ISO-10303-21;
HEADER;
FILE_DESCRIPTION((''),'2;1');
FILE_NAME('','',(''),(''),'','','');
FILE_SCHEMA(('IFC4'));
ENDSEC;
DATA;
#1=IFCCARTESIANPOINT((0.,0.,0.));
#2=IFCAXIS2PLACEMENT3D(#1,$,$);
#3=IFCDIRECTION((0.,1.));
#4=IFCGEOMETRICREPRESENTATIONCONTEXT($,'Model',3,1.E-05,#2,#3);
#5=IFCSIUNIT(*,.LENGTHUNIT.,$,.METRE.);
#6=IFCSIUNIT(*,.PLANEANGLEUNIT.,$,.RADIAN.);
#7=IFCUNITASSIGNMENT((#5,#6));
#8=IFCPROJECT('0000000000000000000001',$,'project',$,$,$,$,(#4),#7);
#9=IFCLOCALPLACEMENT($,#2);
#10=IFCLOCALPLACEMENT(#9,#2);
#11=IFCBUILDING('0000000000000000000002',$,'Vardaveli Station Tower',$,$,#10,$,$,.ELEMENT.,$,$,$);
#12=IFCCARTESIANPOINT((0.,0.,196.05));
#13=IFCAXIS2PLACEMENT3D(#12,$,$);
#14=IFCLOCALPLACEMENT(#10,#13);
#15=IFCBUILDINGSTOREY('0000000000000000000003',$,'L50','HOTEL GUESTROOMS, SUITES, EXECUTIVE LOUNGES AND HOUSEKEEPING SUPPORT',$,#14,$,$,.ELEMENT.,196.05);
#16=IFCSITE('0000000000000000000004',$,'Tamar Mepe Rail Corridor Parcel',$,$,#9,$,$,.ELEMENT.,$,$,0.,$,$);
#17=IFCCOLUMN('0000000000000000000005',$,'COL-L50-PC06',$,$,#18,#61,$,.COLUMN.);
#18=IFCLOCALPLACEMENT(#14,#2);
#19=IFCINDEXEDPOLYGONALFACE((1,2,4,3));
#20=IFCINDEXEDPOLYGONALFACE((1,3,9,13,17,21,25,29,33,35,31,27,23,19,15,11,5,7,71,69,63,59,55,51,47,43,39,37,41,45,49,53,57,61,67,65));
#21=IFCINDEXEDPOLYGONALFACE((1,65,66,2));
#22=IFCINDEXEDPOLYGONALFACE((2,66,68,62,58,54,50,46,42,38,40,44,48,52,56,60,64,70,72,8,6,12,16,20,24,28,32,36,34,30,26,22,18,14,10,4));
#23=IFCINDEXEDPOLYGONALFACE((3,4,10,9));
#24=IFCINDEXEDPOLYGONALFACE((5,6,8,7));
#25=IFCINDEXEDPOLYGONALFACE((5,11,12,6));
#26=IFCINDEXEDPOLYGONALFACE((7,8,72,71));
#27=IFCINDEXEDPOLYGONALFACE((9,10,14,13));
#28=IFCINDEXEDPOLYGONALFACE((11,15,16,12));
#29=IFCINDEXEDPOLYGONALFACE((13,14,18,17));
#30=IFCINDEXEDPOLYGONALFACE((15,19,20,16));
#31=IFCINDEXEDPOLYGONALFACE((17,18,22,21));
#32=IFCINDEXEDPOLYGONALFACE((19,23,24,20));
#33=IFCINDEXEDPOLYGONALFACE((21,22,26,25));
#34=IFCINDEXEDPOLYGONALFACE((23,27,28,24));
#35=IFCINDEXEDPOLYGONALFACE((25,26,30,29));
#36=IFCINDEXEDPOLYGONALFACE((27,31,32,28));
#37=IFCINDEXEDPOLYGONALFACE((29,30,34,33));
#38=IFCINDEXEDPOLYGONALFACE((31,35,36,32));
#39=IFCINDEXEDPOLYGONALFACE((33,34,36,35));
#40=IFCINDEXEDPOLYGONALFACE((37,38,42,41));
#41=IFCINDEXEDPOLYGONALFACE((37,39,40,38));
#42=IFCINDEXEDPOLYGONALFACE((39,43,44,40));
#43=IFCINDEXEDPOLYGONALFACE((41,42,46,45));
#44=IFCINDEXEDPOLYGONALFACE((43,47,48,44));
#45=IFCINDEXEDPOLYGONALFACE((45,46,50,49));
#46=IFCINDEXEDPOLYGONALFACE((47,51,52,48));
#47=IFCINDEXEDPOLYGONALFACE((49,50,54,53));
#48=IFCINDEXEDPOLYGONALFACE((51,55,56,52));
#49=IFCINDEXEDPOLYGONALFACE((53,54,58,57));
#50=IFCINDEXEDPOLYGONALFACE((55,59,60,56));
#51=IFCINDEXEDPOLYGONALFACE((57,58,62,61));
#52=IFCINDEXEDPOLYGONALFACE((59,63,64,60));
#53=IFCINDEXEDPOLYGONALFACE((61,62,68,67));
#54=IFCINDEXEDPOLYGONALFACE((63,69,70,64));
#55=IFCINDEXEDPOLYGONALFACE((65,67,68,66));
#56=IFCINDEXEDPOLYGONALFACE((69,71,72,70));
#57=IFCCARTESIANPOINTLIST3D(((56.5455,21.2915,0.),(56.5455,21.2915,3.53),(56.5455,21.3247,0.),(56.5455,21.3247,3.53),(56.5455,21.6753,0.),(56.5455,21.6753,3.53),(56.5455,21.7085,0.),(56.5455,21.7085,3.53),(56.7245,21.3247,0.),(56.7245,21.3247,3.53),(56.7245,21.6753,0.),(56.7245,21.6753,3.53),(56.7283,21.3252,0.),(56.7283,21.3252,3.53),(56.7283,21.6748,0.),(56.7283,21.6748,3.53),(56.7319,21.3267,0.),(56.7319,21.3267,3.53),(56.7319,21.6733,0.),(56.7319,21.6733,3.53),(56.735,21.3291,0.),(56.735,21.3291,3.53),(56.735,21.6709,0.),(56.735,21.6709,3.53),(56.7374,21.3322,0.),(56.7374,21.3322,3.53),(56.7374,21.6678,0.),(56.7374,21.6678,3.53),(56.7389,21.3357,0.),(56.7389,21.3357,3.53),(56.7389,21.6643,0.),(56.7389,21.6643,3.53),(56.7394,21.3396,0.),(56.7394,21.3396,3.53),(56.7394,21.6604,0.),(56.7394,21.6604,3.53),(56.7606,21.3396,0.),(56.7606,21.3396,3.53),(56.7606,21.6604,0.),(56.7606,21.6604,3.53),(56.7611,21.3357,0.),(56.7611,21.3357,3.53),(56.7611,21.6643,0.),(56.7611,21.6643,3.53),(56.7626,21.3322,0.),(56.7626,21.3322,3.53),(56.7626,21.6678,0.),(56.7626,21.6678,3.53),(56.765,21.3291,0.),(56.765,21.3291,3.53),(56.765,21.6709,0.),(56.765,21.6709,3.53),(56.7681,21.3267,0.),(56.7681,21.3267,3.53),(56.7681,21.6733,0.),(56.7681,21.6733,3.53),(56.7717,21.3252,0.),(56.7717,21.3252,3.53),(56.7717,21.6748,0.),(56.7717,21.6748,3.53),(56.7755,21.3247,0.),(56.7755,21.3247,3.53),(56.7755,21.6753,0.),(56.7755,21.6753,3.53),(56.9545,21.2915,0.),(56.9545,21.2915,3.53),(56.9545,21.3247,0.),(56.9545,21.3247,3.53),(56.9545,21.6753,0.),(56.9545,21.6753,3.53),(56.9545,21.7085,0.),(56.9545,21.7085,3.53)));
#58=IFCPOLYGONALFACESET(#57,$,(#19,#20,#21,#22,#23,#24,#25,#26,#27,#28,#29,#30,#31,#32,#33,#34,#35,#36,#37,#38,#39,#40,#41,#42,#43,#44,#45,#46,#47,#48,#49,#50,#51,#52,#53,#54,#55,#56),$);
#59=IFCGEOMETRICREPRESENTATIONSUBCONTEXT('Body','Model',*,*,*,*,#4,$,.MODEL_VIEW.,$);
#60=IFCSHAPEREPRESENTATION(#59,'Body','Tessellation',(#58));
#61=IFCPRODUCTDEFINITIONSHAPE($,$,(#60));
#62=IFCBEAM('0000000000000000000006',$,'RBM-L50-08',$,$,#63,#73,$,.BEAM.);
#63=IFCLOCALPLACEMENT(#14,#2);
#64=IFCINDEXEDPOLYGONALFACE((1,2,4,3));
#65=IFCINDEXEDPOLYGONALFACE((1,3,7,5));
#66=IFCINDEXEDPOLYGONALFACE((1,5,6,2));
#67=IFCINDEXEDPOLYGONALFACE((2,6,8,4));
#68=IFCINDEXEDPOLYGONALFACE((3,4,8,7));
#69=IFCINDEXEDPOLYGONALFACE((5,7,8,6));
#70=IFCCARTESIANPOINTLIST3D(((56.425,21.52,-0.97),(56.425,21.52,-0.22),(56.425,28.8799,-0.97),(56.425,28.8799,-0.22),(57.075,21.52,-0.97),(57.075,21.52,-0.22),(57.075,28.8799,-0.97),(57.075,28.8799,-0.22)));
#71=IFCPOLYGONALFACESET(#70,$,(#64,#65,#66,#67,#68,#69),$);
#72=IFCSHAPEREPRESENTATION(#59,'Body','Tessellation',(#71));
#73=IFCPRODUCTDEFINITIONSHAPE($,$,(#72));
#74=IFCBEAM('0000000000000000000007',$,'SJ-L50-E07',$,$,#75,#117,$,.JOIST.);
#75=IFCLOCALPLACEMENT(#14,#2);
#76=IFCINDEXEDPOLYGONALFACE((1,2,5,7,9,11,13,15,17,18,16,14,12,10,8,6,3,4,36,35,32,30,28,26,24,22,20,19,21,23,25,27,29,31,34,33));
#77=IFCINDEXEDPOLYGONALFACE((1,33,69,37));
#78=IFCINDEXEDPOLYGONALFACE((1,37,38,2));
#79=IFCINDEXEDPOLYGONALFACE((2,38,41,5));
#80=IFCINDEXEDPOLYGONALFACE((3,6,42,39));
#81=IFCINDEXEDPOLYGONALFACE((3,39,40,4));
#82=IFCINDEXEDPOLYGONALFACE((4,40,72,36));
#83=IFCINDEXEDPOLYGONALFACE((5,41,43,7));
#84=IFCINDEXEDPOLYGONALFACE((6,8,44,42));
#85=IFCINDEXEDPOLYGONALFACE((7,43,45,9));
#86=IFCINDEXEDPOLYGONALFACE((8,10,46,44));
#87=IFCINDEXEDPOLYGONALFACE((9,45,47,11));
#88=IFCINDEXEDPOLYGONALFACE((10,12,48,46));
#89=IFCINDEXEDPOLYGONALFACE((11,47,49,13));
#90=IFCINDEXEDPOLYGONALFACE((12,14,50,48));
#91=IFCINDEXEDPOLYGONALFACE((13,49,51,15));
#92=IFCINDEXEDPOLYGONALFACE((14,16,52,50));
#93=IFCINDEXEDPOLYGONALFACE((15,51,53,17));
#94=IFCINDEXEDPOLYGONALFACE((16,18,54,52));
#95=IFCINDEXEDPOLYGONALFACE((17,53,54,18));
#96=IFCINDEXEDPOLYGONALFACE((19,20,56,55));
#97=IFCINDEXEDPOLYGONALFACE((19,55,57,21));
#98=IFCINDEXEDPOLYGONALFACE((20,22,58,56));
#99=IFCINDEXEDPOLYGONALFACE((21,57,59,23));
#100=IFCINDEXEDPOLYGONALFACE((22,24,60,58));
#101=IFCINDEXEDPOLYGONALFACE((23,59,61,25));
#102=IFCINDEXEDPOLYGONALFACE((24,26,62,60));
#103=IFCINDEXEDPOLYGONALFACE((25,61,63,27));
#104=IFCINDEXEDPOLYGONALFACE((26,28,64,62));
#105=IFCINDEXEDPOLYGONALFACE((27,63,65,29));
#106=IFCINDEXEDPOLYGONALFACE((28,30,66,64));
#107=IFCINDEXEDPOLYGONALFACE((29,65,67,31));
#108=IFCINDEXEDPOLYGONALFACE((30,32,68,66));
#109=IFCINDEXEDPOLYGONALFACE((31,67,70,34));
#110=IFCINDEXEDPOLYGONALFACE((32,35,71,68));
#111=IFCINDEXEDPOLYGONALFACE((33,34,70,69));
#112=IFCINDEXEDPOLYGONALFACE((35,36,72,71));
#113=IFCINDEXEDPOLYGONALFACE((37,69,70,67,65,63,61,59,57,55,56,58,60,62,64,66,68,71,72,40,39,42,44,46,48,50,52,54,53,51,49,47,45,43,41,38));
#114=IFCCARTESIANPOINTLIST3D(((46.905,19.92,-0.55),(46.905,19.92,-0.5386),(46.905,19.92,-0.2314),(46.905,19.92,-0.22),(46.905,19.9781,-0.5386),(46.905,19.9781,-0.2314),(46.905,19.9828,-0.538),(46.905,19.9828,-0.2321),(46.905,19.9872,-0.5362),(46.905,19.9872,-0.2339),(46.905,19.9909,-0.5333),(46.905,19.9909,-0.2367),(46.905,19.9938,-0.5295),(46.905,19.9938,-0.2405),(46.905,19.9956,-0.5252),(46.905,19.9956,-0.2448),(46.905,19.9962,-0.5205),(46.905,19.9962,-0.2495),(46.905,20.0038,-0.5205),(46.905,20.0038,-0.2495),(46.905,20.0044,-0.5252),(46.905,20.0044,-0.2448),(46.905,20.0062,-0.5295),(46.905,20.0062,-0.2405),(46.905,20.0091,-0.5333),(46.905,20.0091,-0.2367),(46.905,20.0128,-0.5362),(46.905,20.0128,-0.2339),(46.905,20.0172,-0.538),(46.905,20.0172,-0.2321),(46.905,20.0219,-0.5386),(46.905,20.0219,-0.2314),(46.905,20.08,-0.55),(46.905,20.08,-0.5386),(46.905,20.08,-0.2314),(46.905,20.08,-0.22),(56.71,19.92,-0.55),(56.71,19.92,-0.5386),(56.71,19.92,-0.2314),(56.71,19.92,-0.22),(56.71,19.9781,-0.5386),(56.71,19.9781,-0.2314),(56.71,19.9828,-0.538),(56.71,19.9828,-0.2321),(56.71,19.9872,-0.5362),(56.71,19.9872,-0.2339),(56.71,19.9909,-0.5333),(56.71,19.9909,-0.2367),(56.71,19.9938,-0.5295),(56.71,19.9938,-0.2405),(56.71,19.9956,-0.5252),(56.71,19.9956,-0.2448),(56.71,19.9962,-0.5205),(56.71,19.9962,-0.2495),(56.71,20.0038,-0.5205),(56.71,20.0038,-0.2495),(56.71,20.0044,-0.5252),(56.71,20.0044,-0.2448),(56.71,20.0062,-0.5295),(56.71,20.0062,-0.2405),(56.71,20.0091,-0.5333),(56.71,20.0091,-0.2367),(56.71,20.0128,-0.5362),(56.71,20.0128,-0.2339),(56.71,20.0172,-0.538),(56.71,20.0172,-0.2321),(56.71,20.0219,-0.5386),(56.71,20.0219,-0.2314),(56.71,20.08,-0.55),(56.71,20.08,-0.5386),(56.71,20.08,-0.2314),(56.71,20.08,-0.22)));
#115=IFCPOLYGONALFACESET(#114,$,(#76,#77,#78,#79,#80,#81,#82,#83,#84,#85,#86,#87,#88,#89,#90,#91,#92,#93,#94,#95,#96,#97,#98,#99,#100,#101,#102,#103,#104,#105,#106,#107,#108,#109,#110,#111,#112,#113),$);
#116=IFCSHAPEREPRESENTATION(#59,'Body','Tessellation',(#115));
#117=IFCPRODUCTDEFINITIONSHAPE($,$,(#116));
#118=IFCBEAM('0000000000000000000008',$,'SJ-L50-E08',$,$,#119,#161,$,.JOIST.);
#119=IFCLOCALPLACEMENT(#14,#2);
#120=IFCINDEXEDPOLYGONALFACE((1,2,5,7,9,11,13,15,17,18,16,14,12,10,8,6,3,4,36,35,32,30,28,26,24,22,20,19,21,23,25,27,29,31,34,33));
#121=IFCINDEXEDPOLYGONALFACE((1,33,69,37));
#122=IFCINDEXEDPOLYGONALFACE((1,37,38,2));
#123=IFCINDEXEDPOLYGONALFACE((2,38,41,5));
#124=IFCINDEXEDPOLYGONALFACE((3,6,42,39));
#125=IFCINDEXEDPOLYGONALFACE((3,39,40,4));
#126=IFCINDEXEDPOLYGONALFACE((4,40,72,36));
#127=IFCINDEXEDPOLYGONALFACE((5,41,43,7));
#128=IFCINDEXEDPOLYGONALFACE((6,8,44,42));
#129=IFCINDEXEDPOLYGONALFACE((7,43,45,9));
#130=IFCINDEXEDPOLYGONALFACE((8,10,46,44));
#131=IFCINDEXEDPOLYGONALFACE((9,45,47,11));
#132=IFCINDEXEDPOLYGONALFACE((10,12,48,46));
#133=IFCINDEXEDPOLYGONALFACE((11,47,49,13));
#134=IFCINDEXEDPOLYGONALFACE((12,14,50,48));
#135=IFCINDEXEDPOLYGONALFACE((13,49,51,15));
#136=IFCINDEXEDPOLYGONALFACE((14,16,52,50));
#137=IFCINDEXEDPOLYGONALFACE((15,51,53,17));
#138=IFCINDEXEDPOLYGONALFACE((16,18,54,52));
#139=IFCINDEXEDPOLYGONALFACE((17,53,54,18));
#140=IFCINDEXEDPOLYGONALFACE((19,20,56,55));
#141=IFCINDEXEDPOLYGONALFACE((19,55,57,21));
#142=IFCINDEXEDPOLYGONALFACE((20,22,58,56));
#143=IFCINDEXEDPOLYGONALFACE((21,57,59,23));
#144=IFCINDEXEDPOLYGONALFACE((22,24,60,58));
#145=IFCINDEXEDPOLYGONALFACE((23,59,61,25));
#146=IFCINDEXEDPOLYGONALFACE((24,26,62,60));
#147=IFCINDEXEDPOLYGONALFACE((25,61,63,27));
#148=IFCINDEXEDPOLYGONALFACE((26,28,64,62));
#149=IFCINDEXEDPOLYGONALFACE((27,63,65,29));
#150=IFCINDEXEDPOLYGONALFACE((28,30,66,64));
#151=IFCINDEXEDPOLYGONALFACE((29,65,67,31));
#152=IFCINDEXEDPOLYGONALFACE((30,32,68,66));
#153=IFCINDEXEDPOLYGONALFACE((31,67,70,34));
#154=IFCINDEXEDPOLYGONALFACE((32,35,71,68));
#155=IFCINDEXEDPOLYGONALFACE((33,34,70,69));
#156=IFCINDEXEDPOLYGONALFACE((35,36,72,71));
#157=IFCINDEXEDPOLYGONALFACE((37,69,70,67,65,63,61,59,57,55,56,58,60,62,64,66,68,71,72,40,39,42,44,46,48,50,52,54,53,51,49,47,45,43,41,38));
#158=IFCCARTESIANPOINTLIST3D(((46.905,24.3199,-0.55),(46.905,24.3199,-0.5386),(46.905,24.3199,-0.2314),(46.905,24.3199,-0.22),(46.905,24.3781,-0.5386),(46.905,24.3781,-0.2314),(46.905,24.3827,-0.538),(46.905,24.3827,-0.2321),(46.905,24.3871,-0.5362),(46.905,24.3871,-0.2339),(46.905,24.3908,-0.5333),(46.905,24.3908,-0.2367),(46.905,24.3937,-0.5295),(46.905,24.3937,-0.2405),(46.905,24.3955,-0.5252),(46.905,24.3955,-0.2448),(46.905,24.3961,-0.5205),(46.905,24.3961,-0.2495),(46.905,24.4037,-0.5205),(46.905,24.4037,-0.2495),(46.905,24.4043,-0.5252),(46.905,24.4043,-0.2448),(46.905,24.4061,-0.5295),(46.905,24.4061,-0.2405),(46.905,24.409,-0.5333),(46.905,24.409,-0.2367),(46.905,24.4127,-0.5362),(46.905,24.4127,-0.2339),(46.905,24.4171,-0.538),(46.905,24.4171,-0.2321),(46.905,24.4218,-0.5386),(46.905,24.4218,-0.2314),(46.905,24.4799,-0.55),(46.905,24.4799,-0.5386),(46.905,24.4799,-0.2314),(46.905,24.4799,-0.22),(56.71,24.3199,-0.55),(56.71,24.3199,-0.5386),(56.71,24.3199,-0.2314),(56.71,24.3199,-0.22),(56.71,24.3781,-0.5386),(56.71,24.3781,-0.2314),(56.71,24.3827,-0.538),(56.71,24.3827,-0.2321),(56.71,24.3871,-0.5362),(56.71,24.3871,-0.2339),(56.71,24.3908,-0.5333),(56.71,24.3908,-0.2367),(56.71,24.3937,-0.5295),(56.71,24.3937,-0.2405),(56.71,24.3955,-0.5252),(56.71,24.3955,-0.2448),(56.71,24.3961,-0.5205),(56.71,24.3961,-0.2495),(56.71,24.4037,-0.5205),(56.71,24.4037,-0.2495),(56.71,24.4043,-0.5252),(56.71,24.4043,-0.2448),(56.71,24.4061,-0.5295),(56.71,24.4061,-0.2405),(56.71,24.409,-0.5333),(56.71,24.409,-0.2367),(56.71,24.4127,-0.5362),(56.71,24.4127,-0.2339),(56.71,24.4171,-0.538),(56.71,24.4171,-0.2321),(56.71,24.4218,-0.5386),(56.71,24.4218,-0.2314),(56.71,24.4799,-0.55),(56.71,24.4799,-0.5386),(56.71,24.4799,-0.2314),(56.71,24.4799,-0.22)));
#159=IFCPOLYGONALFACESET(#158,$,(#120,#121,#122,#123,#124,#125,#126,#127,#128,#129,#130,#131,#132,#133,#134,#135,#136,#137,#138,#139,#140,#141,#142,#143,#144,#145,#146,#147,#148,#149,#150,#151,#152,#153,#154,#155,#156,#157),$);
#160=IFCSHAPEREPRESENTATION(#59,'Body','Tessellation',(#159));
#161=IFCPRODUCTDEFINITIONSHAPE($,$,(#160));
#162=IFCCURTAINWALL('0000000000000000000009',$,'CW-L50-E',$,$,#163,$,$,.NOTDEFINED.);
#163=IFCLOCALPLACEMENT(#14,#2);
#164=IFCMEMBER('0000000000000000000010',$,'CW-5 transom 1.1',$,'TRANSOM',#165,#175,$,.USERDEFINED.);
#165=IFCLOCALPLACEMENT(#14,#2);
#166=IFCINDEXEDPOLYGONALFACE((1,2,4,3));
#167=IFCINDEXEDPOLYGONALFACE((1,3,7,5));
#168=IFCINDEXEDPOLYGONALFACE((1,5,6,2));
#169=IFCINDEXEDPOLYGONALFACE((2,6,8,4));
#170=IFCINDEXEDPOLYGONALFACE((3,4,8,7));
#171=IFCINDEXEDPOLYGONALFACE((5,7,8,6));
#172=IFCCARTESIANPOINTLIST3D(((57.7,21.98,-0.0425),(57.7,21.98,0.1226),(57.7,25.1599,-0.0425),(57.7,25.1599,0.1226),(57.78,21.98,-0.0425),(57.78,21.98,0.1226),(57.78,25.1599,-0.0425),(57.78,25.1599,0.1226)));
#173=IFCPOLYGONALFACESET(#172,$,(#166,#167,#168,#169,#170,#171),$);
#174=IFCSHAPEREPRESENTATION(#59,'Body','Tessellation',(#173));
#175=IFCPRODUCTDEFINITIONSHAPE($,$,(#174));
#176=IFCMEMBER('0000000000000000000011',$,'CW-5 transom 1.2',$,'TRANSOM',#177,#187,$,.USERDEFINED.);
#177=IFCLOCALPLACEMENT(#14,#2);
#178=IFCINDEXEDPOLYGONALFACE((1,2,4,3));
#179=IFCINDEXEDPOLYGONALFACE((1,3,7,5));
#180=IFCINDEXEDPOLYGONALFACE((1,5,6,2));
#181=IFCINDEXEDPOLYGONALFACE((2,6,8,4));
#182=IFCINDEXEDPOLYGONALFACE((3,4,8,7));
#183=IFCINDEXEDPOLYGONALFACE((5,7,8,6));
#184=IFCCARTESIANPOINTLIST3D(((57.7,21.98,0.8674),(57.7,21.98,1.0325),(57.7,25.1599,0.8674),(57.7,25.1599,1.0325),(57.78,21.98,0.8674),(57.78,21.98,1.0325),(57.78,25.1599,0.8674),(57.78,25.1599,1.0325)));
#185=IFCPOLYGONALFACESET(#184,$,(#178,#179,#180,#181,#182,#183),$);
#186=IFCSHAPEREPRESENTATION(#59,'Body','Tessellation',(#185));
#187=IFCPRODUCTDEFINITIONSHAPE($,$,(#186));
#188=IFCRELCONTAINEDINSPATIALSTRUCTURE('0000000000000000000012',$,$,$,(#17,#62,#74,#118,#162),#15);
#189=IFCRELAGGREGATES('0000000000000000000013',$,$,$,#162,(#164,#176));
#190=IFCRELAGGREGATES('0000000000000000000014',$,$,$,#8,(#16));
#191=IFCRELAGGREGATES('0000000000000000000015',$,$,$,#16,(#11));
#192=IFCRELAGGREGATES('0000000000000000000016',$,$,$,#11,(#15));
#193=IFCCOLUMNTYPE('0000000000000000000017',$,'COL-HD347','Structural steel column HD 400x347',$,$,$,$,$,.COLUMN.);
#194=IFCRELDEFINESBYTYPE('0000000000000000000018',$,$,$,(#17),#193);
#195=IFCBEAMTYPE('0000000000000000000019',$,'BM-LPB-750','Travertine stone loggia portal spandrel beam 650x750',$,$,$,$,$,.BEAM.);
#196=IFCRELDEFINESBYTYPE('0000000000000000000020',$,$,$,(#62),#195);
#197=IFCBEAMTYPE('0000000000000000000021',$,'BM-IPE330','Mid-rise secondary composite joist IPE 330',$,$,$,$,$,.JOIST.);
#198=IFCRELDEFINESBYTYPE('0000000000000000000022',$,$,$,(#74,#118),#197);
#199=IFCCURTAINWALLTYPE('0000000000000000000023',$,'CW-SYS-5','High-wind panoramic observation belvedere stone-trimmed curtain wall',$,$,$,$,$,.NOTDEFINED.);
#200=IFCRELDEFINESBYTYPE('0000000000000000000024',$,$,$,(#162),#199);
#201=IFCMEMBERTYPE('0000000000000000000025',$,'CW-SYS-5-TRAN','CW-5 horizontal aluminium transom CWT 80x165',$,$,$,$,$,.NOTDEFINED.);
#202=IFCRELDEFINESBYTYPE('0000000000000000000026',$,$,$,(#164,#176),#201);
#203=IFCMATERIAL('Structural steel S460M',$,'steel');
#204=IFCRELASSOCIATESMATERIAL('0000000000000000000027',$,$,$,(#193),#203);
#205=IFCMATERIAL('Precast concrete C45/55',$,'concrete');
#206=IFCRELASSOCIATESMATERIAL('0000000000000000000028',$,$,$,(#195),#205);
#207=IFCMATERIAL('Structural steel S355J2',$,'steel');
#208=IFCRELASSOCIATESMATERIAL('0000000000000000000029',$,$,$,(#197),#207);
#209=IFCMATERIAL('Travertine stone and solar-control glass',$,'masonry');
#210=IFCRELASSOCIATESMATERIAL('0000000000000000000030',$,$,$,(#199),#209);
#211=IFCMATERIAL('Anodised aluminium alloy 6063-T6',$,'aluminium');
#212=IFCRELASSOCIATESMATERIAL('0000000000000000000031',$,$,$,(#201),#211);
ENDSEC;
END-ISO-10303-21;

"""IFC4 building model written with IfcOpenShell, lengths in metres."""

from ifc_helpers import new_model, si_unit, direction, frame, origin, origin_2d, place, context, subcontext, project, spatial, rectangle, i_section, extrude, source, transform, mapped, material, material_profile, profile_set, type_object, element, aggregate, save


model = new_model("IFC4")

# Units and contexts
model_context = context("Model", 3, precision=1e-05, world=origin(), true_north=direction((0.0, 1.0)))
body_context = subcontext(model_context, "Body", "Model", "MODEL_VIEW")
ifc_project = project(units=[si_unit("LENGTHUNIT", "METRE"), si_unit("PLANEANGLEUNIT", "RADIAN")], contexts=[model_context])

# Site, building, storey
site_placement = place(None, origin())
site = spatial("IfcSite", under=ifc_project, at=site_placement, Name="Tamar Mepe Rail Corridor Parcel", CompositionType="ELEMENT", RefElevation=0.0)
building_placement = place(site_placement, origin())
building = spatial("IfcBuilding", under=site, at=building_placement, Name="Vardaveli Station Tower", CompositionType="ELEMENT")
storey_placement = place(building_placement, frame((0.0, 0.0, 196.05)))
storey = spatial("IfcBuildingStorey", under=building, at=storey_placement, Name="L50", Description="HOTEL GUESTROOMS, SUITES, EXECUTIVE LOUNGES AND HOUSEKEEPING SUPPORT", CompositionType="ELEMENT", Elevation=196.05)

# Column
ifc_material_1 = material(Name="Structural steel S460M", Category="steel")
ifc_material_profile_1 = material_profile(ifc_material_1, i_section(OverallWidth=0.4089, OverallDepth=0.417, WebThickness=0.0212, FlangeThickness=0.0332, FilletRadius=0.0149, at=origin_2d()), Name="HD 400x347")
ifc_profile_set_1 = profile_set([ifc_material_profile_1], Name="Structural steel S460M")
column_type = type_object("IfcColumnType", Name="COL-HD347", Description="Structural steel column HD 400x347", PredefinedType="COLUMN", material=ifc_profile_set_1)
shared_shape_1 = source(origin(), body_context, "Body", "SweptSolid", [
    extrude(i_section(OverallWidth=0.4089, OverallDepth=0.417, WebThickness=0.0212, FlangeThickness=0.0332, FilletRadius=0.0149, at=origin_2d()), origin(), (0.0, 0.0, 1.0), 3.53),
])
column_placement = place(storey_placement, frame((56.75, 21.5, 0.0), z_axis=(0.0, 0.0, 1.0), x_axis=(1.0, 0.0, 0.0)))
element("IfcColumn", 1, at=column_placement, inside=storey, type_object=column_type, Name="COL-L50-PC06", PredefinedType="COLUMN", context=body_context, shape_type="MappedRepresentation", body=[
    mapped(shared_shape_1, transform((0.0, 0.0, 0.0), scale=1.0)),
])

# Beams
ifc_material_2 = material(Name="Precast concrete C45/55", Category="concrete")
ifc_material_profile_2 = material_profile(ifc_material_2, rectangle(XDim=0.6499, YDim=0.75, at=origin_2d()), Name="LPB 650x750")
ifc_profile_set_2 = profile_set([ifc_material_profile_2], Name="Precast concrete C45/55")
beam_type_1 = type_object("IfcBeamType", Name="BM-LPB-750", Description="Travertine stone loggia portal spandrel beam 650x750", PredefinedType="BEAM", material=ifc_profile_set_2)
shared_shape_2 = source(origin(), body_context, "Body", "SweptSolid", [
    extrude(rectangle(XDim=0.6499, YDim=0.75, at=origin_2d()), origin(), (0.0, 0.0, 1.0), 7.3599),
])
beam_placement = place(storey_placement, frame((56.75, 21.52, -0.595), z_axis=(0.0, 1.0, 0.0), x_axis=(-1.0, 0.0, 0.0)))
element("IfcBeam", 2, at=beam_placement, inside=storey, type_object=beam_type_1, Name="RBM-L50-08", PredefinedType="BEAM", context=body_context, shape_type="MappedRepresentation", body=[
    mapped(shared_shape_2, transform((0.0, 0.0, 0.0), scale=1.0)),
])
ifc_material_3 = material(Name="Structural steel S355J2", Category="steel")
ifc_material_profile_3 = material_profile(ifc_material_3, i_section(OverallWidth=0.1599, OverallDepth=0.3301, WebThickness=0.0076, FlangeThickness=0.0115, FilletRadius=0.0181, at=origin_2d()), Name="IPE 330")
ifc_profile_set_3 = profile_set([ifc_material_profile_3], Name="Structural steel S355J2")
beam_type_2 = type_object("IfcBeamType", Name="BM-IPE330", Description="Mid-rise secondary composite joist IPE 330", PredefinedType="JOIST", material=ifc_profile_set_3)
shared_shape_3 = source(origin(), body_context, "Body", "SweptSolid", [
    extrude(i_section(OverallWidth=0.1599, OverallDepth=0.3301, WebThickness=0.0076, FlangeThickness=0.0115, FilletRadius=0.0181, at=origin_2d()), origin(), (0.0, 0.0, 1.0), 9.8049),
])
for number, where, z_axis, x_axis, name in (
    (3, (46.905, 20.0, -0.385), (1.0, 0.0, 0.0), (0.0, 1.0, 0.0), "SJ-L50-E07"),
    (4, (46.905, 24.3999, -0.385), (1.0, 0.0, 0.0), (0.0, 1.0, 0.0), "SJ-L50-E08"),
):
    element("IfcBeam", number, at=place(storey_placement, frame(where, z_axis=z_axis, x_axis=x_axis)), inside=storey, type_object=beam_type_2, Name=name, PredefinedType="JOIST", context=body_context, shape_type="MappedRepresentation", body=[
        mapped(shared_shape_3, transform((0.0, 0.0, 0.0), scale=1.0)),
    ])

# Curtain wall, members
ifc_material_4 = material(Name="Travertine stone and solar-control glass", Category="masonry")
curtain_wall_type = type_object("IfcCurtainWallType", Name="CW-SYS-5", Description="High-wind panoramic observation belvedere stone-trimmed curtain wall", PredefinedType="NOTDEFINED", material=ifc_material_4)
curtain_wall_placement = place(storey_placement, origin())
curtain_wall = element("IfcCurtainWall", 5, at=curtain_wall_placement, inside=storey, type_object=curtain_wall_type, Name="CW-L50-E", PredefinedType="NOTDEFINED")
ifc_material_5 = material(Name="Anodised aluminium alloy 6063-T6", Category="aluminium")
ifc_material_profile_4 = material_profile(ifc_material_5, rectangle(XDim=0.0801, YDim=0.165, at=origin_2d()), Name="CWT 80x165")
ifc_profile_set_4 = profile_set([ifc_material_profile_4], Name="Anodised aluminium alloy 6063-T6")
member_type_1 = type_object("IfcMemberType", Name="CW-SYS-5-TRAN", Description="CW-5 horizontal aluminium transom CWT 80x165", PredefinedType="NOTDEFINED", material=ifc_profile_set_4)
shared_shape_4 = source(origin(), body_context, "Body", "SweptSolid", [
    extrude(rectangle(XDim=0.0801, YDim=0.165, at=origin_2d()), origin(), (0.0, 0.0, 1.0), 3.1799),
])
member_1_placement = place(storey_placement, frame((57.74, 21.98, 0.04), z_axis=(0.0, 1.0, 0.0), x_axis=(-1.0, 0.0, 0.0)))
member_1 = element("IfcMember", 6, at=member_1_placement, type_object=member_type_1, Name="CW-5 transom 1.1", ObjectType="TRANSOM", PredefinedType="USERDEFINED", context=body_context, shape_type="MappedRepresentation", body=[
    mapped(shared_shape_4, transform((0.0, 0.0, 0.0), scale=1.0)),
])
member_2_placement = place(storey_placement, frame((57.74, 21.98, 0.95), z_axis=(0.0, 1.0, 0.0), x_axis=(-1.0, 0.0, 0.0)))
member_2 = element("IfcMember", 7, at=member_2_placement, type_object=member_type_1, Name="CW-5 transom 1.2", ObjectType="TRANSOM", PredefinedType="USERDEFINED", context=body_context, shape_type="MappedRepresentation", body=[
    mapped(shared_shape_4, transform((0.0, 0.0, 0.0), scale=1.0)),
])
aggregate(curtain_wall, [member_1, member_2])

save(model, "model.ifc")
